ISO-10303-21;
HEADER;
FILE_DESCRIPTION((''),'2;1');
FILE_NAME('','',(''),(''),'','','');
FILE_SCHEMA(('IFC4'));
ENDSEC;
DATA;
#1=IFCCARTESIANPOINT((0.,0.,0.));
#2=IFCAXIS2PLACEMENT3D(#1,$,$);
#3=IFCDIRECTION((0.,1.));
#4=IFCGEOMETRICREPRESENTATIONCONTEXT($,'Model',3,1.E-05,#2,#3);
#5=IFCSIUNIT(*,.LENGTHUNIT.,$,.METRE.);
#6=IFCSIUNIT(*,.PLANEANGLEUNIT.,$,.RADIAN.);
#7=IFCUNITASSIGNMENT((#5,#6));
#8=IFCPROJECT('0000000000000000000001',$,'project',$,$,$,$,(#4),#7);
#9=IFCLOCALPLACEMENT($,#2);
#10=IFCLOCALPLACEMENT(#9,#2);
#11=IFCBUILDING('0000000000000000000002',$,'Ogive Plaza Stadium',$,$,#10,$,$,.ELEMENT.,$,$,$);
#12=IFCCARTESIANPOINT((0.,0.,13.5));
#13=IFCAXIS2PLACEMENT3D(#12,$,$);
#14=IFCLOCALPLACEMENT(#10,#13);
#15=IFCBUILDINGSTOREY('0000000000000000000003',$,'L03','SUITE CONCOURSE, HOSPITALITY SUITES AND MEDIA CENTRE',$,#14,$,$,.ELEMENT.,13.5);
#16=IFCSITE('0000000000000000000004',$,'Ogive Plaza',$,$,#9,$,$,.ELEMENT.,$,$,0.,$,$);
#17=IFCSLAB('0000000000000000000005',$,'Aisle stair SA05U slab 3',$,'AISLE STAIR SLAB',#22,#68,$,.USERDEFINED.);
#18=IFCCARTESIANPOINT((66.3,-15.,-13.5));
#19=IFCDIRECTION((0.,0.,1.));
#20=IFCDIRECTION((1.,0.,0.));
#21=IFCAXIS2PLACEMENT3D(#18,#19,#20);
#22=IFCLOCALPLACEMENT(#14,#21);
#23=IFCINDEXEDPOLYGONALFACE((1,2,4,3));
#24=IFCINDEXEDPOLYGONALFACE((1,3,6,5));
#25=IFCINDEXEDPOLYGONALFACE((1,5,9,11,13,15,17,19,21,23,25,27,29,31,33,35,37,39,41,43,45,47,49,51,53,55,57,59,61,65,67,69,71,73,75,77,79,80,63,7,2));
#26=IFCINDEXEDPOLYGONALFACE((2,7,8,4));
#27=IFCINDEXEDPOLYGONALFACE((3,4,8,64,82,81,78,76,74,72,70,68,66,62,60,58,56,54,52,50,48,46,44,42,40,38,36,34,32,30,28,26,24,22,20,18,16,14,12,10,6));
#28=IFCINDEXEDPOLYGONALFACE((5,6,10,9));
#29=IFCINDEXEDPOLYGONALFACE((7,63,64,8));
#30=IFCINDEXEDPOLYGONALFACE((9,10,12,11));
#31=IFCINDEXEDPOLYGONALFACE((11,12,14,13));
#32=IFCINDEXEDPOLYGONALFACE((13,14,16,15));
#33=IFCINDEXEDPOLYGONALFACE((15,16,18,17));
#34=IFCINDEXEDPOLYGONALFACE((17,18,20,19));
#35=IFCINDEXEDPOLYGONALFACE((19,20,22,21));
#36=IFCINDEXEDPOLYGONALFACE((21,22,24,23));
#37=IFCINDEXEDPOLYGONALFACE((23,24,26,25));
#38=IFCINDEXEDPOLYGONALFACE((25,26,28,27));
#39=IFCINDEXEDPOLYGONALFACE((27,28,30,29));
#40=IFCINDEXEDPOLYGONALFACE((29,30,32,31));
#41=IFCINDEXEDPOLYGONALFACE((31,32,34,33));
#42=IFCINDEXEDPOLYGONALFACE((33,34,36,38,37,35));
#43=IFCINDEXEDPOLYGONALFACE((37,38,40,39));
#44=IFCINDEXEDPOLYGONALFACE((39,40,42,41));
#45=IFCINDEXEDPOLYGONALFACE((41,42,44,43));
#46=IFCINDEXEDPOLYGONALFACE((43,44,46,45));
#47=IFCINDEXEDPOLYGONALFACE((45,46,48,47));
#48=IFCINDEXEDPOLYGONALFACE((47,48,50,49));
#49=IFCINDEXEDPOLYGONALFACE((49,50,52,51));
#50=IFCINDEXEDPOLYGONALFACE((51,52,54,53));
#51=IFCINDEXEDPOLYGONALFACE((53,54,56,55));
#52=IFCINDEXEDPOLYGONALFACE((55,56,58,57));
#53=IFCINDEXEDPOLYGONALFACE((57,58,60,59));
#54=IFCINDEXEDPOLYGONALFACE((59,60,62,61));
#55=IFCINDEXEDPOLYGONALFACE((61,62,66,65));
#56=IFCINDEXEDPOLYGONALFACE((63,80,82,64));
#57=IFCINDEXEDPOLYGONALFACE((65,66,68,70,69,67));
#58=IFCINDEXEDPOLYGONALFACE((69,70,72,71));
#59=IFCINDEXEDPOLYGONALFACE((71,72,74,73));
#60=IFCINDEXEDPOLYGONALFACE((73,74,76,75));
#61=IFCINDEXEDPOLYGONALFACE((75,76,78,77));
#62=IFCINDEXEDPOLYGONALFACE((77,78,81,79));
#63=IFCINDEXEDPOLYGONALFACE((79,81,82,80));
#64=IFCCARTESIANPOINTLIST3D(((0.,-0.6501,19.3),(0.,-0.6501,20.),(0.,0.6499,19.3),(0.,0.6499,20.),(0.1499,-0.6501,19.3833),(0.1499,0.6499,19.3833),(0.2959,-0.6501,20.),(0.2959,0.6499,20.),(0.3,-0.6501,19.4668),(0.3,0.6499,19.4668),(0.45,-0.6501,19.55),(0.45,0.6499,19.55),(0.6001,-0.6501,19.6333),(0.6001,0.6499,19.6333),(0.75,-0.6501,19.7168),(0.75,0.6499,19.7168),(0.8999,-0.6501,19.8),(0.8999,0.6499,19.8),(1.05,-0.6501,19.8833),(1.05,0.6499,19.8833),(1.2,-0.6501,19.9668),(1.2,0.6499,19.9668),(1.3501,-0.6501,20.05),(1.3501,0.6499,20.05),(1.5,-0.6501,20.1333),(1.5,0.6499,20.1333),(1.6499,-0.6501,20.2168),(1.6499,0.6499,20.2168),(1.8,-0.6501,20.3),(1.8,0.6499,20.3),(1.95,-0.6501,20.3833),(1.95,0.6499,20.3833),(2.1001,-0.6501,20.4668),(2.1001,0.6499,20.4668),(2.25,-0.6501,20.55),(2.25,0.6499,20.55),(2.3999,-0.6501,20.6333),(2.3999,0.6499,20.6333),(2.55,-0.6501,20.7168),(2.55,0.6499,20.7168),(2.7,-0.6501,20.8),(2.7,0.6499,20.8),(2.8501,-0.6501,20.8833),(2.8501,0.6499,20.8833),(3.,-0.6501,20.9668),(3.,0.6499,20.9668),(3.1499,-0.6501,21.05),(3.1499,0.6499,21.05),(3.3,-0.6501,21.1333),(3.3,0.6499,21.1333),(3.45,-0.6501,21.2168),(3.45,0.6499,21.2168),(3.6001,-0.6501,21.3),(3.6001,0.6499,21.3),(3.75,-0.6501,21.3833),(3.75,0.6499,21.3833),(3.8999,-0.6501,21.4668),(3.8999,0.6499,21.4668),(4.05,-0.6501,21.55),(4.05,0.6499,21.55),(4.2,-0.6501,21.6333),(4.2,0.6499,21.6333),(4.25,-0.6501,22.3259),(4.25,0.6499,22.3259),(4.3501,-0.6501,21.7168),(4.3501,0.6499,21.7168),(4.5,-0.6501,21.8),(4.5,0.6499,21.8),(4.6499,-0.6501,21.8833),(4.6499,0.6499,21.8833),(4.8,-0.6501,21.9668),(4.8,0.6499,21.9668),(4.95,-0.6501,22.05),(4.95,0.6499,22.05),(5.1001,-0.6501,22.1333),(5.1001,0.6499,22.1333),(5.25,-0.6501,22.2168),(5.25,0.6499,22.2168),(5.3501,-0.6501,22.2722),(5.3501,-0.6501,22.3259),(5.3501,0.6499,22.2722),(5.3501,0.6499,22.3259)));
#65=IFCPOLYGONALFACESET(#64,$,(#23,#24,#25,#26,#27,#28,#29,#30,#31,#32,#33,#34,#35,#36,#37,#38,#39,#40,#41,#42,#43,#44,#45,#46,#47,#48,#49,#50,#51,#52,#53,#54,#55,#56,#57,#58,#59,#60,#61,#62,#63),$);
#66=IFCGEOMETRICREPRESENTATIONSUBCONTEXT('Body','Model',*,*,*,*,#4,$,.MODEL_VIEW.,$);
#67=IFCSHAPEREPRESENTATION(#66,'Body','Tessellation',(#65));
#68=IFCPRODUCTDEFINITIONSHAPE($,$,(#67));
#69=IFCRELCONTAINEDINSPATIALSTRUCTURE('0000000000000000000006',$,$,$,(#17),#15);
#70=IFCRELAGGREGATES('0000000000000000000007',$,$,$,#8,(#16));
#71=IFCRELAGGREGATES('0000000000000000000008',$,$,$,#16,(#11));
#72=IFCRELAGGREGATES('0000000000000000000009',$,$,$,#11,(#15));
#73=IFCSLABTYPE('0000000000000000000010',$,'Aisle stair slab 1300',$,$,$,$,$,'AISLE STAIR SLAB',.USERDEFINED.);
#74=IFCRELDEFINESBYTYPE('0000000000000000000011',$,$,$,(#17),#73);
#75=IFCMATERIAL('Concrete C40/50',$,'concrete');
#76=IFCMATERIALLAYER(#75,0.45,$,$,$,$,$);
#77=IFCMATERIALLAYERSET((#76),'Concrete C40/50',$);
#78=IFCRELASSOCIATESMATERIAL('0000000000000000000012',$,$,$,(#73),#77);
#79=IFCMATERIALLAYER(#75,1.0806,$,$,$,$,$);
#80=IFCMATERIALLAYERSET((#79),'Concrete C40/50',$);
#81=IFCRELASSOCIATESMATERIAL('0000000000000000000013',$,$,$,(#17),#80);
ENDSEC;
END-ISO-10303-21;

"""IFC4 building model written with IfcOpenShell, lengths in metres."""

from ifc_helpers import new_model, si_unit, direction, frame, origin, place, context, subcontext, project, spatial, polyline, outline, extrude, material, layer, layer_set, type_object, element, save


model = new_model("IFC4")

# Units and contexts
model_context = context("Model", 3, precision=1e-05, world=origin(), true_north=direction((0.0, 1.0)))
body_context = subcontext(model_context, "Body", "Model", "MODEL_VIEW")
ifc_project = project(units=[si_unit("LENGTHUNIT", "METRE"), si_unit("PLANEANGLEUNIT", "RADIAN")], contexts=[model_context])

# Site, building, storey
site_placement = place(None, origin())
site = spatial("IfcSite", under=ifc_project, at=site_placement, Name="Ogive Plaza", CompositionType="ELEMENT", RefElevation=0.0)
building_placement = place(site_placement, origin())
building = spatial("IfcBuilding", under=site, at=building_placement, Name="Ogive Plaza Stadium", CompositionType="ELEMENT")
storey_placement = place(building_placement, frame((0.0, 0.0, 13.5)))
storey = spatial("IfcBuildingStorey", under=building, at=storey_placement, Name="L03", Description="SUITE CONCOURSE, HOSPITALITY SUITES AND MEDIA CENTRE", CompositionType="ELEMENT", Elevation=13.5)

# Slab
ifc_material_1 = material(Name="Concrete C40/50", Category="concrete")
ifc_layer_1 = layer(ifc_material_1, 1.0806)
ifc_layer_set_1 = layer_set([ifc_layer_1], Name="Concrete C40/50")
ifc_layer_2 = layer(ifc_material_1, 0.45)
ifc_layer_set_2 = layer_set([ifc_layer_2], Name="Concrete C40/50")
slab_type = type_object("IfcSlabType", Name="Aisle stair slab 1300", ElementType="AISLE STAIR SLAB", PredefinedType="USERDEFINED", material=ifc_layer_set_2)
slab_placement = place(storey_placement, frame((66.3, -15.0, -13.5), z_axis=(0.0, 0.0, 1.0), x_axis=(1.0, 0.0, 0.0)))
element("IfcSlab", 1, at=slab_placement, inside=storey, type_object=slab_type, material=ifc_layer_set_1, Name="Aisle stair SA05U slab 3", ObjectType="AISLE STAIR SLAB", PredefinedType="USERDEFINED", context=body_context, shape_type="SweptSolid", body=[
    extrude(outline(polyline([(0.0, 20.0), (0.2959, 20.0), (4.25, 22.3259), (5.3501, 22.3259), (5.3501, 22.2722), (5.25, 22.2168), (5.1001, 22.1333), (4.95, 22.05), (4.8, 21.9668), (4.6499, 21.8833), (4.5, 21.8), (4.3501, 21.7168), (4.2, 21.6333), (4.05, 21.55), (3.8999, 21.4668), (3.75, 21.3833), (3.6001, 21.3), (3.45, 21.2168), (3.3, 21.1333), (3.1499, 21.05), (3.0, 20.9668), (2.8501, 20.8833), (2.7, 20.8), (2.55, 20.7168), (2.3999, 20.6333), (2.25, 20.55), (2.1001, 20.4668), (1.95, 20.3833), (1.8, 20.3), (1.6499, 20.2168), (1.5, 20.1333), (1.3501, 20.05), (1.2, 19.9668), (1.05, 19.8833), (0.8999, 19.8), (0.75, 19.7168), (0.6001, 19.6333), (0.45, 19.55), (0.3, 19.4668), (0.1499, 19.3833), (0.0, 19.3), (0.0, 20.0)])), frame((0.0, 0.6499, 0.0), z_axis=(0.0, -1.0, 0.0), x_axis=(1.0, 0.0, 0.0)), (0.0, 0.0, 1.0), 1.3),
])

save(model, "model.ifc")
